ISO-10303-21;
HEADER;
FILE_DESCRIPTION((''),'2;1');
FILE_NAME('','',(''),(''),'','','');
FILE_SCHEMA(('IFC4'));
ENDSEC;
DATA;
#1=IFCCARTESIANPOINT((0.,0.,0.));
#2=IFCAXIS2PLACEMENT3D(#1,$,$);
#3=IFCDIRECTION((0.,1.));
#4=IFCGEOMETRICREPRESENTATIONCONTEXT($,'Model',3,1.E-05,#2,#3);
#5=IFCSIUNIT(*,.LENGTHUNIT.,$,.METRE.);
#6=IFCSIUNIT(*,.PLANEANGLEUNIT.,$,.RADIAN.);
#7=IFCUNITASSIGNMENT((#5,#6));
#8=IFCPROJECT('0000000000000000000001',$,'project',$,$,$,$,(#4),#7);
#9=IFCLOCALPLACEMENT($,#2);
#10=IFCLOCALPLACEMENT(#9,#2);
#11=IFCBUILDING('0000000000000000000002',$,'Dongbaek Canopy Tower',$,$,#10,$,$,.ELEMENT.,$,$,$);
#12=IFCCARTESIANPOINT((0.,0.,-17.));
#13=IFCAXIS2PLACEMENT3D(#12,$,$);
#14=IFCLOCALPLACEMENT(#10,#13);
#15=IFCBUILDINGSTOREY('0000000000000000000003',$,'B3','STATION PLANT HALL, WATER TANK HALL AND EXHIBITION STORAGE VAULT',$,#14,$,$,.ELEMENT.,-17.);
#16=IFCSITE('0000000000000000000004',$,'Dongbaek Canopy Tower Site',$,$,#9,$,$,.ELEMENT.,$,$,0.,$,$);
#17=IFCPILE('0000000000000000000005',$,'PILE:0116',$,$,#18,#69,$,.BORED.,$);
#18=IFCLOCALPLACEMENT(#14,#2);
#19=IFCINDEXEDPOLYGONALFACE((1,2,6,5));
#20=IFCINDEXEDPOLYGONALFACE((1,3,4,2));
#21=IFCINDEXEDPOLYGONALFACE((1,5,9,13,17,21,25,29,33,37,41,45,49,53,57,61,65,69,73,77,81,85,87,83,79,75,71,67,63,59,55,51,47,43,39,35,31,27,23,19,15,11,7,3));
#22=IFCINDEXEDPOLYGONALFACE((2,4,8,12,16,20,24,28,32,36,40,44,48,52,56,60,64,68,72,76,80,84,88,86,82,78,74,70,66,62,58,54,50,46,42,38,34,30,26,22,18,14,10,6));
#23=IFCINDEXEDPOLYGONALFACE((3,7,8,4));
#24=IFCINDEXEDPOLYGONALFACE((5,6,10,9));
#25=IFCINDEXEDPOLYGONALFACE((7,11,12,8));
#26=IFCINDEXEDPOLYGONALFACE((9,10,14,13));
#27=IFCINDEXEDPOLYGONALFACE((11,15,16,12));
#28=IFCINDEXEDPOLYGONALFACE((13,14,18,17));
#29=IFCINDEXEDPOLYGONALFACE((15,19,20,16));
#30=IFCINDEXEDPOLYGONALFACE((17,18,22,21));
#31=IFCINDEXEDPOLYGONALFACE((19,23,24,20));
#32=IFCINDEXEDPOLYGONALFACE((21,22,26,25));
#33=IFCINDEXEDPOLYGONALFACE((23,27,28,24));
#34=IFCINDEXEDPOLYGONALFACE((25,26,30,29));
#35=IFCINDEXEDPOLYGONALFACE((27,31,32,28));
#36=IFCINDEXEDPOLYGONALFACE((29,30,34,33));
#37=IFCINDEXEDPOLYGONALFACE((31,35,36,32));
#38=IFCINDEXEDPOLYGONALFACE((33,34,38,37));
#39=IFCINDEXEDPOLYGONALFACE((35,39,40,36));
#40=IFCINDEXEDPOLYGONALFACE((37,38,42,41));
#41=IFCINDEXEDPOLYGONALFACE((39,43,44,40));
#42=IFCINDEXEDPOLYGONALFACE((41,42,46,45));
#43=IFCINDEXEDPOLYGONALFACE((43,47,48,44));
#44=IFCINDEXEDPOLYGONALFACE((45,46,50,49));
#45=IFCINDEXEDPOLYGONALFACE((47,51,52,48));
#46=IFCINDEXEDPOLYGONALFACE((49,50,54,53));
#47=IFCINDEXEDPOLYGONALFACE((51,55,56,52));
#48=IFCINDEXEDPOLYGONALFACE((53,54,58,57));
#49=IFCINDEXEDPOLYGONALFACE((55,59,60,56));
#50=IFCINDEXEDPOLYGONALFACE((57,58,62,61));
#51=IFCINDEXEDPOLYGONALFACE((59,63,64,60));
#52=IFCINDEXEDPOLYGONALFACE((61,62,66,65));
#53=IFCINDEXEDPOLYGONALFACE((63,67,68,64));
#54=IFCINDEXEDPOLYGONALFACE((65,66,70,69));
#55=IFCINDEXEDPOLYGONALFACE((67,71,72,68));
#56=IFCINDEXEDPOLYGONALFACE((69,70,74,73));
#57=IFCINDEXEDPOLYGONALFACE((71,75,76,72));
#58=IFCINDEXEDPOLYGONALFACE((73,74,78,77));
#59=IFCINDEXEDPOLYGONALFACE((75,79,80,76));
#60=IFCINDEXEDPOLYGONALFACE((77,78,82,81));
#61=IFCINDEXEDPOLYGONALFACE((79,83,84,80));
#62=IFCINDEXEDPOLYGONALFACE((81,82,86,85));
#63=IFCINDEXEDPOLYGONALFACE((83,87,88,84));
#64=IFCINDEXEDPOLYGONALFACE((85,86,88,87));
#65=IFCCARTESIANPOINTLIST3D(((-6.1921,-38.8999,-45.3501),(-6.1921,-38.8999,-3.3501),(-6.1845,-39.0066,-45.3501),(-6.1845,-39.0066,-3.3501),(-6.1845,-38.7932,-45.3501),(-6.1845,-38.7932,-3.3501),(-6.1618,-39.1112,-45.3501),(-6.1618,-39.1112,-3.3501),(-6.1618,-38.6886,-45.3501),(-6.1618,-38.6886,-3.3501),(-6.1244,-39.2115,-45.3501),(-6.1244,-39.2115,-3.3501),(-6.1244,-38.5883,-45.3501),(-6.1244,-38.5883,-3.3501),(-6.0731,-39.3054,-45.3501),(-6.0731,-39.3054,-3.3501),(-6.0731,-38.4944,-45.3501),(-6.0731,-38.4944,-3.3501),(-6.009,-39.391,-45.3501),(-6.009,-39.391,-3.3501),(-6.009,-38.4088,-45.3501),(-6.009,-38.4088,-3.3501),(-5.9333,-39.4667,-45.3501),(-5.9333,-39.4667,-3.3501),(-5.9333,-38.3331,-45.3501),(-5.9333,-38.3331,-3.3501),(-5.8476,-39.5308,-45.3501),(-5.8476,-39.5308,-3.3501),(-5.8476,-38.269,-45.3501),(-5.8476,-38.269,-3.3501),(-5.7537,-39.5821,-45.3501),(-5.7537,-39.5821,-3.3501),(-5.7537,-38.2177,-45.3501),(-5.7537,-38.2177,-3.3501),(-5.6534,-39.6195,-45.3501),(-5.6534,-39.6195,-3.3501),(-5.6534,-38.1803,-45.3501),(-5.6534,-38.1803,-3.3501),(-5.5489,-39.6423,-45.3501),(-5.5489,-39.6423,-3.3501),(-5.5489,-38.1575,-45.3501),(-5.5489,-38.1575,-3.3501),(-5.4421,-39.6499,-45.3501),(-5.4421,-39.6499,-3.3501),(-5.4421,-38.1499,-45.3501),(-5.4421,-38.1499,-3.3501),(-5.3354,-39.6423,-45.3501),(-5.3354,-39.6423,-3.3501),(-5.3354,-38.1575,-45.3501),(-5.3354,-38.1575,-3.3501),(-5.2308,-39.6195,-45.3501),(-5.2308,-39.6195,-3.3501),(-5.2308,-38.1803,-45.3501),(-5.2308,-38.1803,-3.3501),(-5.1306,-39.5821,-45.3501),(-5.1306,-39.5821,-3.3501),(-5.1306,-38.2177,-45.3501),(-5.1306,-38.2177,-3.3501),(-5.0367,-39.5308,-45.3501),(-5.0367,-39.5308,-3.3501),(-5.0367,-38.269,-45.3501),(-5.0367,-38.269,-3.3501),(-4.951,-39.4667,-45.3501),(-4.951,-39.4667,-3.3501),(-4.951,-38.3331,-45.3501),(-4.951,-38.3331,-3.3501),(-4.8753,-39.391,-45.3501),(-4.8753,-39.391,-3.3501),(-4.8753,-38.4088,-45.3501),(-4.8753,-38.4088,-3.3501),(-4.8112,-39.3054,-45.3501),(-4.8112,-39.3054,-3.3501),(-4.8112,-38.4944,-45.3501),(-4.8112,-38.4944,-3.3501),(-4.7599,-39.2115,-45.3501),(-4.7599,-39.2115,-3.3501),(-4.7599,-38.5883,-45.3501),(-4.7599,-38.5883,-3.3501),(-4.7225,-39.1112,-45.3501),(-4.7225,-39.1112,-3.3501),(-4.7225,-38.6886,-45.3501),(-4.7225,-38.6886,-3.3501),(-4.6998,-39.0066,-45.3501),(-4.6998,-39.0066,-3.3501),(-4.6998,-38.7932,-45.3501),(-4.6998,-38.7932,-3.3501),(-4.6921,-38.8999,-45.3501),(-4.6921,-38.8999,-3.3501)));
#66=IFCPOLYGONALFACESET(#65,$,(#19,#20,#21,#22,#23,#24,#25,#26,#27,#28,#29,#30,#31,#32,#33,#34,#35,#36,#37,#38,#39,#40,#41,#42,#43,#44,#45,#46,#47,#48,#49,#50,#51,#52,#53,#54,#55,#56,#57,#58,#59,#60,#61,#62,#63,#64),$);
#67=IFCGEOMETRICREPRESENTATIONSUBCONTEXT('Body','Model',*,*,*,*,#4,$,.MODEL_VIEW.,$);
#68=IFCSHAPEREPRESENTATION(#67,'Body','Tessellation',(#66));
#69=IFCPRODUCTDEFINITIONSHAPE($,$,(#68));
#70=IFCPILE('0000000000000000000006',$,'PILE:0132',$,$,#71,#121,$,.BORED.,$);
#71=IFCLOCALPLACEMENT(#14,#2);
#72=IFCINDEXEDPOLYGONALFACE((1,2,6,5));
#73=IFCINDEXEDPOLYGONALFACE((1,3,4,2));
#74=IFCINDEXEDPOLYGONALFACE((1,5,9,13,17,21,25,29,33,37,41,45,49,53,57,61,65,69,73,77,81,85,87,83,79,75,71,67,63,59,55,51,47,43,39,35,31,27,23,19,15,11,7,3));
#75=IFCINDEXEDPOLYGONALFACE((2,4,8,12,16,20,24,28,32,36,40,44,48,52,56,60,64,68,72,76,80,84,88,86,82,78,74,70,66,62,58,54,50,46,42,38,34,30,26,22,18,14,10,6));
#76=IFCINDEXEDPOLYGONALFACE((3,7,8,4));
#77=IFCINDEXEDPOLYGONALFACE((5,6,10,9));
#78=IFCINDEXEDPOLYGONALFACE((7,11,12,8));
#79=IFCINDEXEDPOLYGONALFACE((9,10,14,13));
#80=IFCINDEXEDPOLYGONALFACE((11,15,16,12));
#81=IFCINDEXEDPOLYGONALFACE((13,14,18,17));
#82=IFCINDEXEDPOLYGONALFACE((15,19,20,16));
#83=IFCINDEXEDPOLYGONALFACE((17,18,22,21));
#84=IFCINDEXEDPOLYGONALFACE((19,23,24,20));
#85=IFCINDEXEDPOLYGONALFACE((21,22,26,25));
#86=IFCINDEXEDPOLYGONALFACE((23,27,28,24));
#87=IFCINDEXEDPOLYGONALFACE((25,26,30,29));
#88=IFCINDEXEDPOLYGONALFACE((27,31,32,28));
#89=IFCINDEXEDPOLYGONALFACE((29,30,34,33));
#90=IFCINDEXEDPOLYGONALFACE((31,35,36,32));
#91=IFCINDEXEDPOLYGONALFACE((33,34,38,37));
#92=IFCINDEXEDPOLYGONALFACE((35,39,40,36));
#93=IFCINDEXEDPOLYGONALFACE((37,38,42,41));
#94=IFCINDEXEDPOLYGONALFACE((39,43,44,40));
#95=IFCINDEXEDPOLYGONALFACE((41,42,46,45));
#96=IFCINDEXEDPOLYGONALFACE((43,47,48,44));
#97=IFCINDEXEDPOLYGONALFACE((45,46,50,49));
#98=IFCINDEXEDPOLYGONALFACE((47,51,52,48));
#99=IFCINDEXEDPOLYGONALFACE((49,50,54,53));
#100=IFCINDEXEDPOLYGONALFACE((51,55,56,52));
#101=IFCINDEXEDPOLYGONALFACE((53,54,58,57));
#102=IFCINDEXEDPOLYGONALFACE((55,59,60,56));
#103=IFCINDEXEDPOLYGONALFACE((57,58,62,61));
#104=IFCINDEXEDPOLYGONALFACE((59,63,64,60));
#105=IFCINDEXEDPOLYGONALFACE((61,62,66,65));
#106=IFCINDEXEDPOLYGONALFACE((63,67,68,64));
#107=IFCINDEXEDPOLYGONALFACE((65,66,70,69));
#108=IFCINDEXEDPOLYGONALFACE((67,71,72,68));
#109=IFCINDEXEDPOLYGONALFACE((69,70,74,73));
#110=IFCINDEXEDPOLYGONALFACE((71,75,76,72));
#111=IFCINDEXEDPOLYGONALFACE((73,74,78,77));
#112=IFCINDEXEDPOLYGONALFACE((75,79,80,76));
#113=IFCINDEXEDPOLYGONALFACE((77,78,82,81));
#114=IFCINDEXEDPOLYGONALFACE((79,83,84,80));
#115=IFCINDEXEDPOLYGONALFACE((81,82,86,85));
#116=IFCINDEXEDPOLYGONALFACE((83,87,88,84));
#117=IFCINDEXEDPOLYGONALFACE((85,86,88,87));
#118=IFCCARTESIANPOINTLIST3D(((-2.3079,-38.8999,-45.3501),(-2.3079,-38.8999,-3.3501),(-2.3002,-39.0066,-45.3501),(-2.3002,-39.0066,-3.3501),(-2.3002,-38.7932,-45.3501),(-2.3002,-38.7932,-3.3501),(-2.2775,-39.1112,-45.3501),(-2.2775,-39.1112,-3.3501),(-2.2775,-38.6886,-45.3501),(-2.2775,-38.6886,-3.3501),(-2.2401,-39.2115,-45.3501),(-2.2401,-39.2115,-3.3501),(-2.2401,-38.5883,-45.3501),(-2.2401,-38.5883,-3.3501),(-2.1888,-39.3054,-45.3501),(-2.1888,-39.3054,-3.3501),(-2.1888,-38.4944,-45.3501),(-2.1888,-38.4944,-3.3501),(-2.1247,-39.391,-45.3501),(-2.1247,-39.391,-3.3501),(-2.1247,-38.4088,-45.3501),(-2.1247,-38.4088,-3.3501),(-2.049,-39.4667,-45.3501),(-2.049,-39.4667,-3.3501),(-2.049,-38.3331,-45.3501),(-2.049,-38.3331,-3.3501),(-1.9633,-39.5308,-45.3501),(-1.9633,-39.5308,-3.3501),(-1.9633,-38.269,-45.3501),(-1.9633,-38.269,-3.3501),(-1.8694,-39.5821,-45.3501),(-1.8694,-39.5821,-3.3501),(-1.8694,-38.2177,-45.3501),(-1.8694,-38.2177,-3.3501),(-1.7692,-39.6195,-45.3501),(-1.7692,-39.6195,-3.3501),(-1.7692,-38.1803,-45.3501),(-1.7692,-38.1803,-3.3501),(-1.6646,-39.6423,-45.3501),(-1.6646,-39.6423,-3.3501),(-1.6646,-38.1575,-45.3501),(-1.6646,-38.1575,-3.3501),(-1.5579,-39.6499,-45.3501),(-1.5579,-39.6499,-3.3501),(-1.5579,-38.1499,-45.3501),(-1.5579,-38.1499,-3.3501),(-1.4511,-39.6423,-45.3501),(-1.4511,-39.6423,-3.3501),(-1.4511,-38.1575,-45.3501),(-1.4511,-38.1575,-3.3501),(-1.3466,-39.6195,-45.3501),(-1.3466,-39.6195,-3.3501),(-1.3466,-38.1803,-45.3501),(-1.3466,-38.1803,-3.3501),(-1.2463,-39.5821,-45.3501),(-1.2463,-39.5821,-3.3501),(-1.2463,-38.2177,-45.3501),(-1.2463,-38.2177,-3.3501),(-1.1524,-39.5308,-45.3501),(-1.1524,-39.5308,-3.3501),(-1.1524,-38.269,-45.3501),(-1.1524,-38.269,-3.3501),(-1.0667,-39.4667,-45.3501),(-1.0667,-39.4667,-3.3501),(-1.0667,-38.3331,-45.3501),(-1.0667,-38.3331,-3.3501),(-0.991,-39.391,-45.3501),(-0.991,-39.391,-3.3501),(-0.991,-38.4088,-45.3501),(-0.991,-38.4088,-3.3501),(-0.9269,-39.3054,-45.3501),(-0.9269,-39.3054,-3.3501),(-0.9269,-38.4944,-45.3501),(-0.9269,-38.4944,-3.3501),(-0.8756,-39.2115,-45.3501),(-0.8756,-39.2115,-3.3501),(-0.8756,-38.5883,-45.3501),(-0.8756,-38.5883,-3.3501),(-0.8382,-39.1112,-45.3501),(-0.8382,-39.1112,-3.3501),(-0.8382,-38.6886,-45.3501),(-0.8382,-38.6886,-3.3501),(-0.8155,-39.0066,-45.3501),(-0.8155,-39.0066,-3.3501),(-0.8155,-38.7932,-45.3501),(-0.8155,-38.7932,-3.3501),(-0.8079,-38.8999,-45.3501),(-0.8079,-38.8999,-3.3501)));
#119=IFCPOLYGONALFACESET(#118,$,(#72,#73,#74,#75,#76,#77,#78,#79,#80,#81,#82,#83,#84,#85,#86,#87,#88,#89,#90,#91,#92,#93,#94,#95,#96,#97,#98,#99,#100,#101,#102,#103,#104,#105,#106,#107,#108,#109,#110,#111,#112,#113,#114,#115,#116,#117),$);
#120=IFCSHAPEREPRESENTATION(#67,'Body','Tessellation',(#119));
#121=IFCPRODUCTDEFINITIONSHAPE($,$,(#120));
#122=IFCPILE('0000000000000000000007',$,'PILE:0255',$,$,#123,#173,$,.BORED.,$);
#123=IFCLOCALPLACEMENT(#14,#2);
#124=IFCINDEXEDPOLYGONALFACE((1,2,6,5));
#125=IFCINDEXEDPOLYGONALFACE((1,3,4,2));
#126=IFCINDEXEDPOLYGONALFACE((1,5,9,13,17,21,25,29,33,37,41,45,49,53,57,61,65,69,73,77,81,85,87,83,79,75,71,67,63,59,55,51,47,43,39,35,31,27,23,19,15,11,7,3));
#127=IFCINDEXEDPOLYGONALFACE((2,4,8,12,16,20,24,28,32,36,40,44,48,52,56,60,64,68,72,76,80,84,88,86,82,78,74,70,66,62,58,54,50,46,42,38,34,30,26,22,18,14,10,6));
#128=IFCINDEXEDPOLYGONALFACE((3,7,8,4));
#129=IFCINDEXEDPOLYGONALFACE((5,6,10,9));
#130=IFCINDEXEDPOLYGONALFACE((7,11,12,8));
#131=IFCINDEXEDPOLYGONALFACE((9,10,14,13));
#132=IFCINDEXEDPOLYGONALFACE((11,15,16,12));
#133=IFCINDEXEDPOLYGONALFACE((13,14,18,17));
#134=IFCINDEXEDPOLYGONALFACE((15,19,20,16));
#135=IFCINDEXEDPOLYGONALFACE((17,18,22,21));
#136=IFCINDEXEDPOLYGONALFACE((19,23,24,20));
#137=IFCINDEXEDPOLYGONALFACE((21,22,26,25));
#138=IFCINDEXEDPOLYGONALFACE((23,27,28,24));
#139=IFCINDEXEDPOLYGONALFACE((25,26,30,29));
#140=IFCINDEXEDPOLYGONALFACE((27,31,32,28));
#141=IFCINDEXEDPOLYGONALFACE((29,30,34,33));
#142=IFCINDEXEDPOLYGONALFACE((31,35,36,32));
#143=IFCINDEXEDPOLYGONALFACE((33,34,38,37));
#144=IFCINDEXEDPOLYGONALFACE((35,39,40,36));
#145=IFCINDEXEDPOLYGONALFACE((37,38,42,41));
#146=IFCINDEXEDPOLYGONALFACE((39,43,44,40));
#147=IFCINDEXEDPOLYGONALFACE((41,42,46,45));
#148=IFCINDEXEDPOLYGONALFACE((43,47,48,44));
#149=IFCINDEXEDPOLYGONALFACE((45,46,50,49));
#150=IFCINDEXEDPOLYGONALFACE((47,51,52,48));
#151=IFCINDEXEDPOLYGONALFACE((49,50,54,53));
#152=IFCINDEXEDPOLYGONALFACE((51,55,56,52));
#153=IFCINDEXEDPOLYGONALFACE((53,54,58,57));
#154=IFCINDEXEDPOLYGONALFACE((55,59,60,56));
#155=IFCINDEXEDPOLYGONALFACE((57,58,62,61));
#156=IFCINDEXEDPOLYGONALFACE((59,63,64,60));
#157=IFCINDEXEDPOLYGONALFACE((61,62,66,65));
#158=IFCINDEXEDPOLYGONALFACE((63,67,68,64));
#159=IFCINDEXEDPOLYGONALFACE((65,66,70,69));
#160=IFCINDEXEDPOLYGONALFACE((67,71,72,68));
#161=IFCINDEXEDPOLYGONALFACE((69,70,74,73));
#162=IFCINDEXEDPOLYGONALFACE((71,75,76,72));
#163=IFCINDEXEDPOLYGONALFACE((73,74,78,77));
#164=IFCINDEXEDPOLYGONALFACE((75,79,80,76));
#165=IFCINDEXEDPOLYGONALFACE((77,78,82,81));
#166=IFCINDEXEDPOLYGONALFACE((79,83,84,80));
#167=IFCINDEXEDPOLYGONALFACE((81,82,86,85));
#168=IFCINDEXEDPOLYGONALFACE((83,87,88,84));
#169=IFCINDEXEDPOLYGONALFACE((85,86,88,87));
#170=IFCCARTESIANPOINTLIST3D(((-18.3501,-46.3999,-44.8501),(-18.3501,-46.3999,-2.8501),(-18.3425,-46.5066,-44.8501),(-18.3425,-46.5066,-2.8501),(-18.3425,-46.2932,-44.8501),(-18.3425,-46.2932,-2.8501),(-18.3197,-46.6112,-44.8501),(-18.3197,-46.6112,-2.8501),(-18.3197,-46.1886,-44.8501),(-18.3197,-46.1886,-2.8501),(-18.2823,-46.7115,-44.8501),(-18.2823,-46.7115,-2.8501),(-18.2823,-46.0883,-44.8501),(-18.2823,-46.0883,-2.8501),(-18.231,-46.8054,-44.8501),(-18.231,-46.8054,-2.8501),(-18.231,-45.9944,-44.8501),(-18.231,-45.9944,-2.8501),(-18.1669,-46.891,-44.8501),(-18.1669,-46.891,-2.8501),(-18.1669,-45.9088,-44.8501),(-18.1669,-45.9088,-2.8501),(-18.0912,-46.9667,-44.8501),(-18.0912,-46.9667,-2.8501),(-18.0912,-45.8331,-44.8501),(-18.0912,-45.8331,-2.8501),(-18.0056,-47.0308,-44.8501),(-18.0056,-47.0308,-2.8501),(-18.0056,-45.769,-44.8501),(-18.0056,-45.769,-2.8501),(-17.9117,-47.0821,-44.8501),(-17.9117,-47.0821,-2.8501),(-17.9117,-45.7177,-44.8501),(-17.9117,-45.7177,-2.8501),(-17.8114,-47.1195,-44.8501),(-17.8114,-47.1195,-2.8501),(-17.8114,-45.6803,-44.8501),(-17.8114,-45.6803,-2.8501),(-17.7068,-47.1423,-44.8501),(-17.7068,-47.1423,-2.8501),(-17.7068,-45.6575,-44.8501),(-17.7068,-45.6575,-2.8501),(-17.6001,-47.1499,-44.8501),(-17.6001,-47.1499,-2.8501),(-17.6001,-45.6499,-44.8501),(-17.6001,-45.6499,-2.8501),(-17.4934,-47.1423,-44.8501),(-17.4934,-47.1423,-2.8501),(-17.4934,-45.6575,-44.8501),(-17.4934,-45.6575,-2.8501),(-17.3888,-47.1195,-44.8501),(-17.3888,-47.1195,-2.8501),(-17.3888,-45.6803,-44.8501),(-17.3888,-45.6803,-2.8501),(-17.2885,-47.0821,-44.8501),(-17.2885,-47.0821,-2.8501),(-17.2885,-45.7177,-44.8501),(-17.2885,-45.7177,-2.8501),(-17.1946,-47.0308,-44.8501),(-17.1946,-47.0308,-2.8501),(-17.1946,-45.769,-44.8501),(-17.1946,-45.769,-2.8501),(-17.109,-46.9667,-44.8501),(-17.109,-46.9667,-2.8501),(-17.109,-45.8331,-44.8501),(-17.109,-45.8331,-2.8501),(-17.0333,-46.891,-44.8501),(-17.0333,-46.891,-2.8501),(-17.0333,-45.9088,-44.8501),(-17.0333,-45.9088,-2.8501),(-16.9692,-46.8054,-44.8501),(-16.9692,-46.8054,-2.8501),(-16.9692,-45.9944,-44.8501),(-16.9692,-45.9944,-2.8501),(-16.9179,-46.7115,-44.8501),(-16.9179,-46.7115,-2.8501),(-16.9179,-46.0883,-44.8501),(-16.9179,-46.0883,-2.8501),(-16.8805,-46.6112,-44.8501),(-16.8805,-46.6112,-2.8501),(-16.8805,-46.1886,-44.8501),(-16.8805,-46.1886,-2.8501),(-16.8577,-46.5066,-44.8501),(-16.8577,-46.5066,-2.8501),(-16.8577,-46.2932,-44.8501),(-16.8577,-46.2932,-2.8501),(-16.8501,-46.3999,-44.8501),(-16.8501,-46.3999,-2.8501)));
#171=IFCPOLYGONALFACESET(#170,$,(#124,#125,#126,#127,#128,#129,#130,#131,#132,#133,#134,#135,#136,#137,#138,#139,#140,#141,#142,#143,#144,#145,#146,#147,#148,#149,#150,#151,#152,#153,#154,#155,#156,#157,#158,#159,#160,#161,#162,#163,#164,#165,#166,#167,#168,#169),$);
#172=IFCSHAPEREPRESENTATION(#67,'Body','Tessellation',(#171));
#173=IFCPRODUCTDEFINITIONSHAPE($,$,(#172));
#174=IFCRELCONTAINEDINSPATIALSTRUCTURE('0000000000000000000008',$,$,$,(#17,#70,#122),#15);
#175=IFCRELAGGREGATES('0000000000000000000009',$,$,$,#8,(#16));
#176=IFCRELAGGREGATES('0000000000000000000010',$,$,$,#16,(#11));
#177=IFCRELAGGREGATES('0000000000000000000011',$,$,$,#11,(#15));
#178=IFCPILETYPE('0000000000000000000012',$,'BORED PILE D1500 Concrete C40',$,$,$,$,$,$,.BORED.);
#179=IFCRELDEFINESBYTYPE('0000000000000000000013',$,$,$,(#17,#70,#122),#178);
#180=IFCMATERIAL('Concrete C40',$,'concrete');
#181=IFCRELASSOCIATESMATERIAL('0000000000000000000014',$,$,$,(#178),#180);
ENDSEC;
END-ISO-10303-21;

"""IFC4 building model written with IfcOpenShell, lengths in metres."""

from ifc_helpers import new_model, si_unit, direction, frame, origin, origin_2d, place, context, subcontext, project, spatial, circle, extrude, material, material_profile, profile_set, type_object, element, save


model = new_model("IFC4")

# Units and contexts
model_context = context("Model", 3, precision=1e-05, world=origin(), true_north=direction((0.0, 1.0)))
body_context = subcontext(model_context, "Body", "Model", "MODEL_VIEW")
ifc_project = project(units=[si_unit("LENGTHUNIT", "METRE"), si_unit("PLANEANGLEUNIT", "RADIAN")], contexts=[model_context])

# Site, building, storey
site_placement = place(None, origin())
site = spatial("IfcSite", under=ifc_project, at=site_placement, Name="Dongbaek Canopy Tower Site", CompositionType="ELEMENT", RefElevation=0.0)
building_placement = place(site_placement, origin())
building = spatial("IfcBuilding", under=site, at=building_placement, Name="Dongbaek Canopy Tower", CompositionType="ELEMENT")
storey_placement = place(building_placement, frame((0.0, 0.0, -17.0)))
storey = spatial("IfcBuildingStorey", under=building, at=storey_placement, Name="B3", Description="STATION PLANT HALL, WATER TANK HALL AND EXHIBITION STORAGE VAULT", CompositionType="ELEMENT", Elevation=-17.0)

# Piles
ifc_material_1 = material(Name="Concrete C40", Category="concrete")
ifc_material_profile_1 = material_profile(ifc_material_1, circle(Radius=0.75, at=origin_2d()), Name="BORED PILE D1500 Concrete C40")
ifc_profile_set_1 = profile_set([ifc_material_profile_1], Name="Concrete C40")
pile_type = type_object("IfcPileType", Name="BORED PILE D1500 Concrete C40", PredefinedType="BORED", material=ifc_profile_set_1)
for number, where, z_axis, x_axis, name in (
    (1, (-5.4421, -38.8999, -3.3501), (0.0, 0.0, -1.0), (1.0, 0.0, 0.0), "PILE:0116"),
    (2, (-1.5579, -38.8999, -3.3501), (0.0, 0.0, -1.0), (1.0, 0.0, 0.0), "PILE:0132"),
    (3, (-17.6001, -46.3999, -2.8501), (0.0, 0.0, -1.0), (1.0, 0.0, 0.0), "PILE:0255"),
):
    element("IfcPile", number, at=place(storey_placement, frame(where, z_axis=z_axis, x_axis=x_axis)), inside=storey, type_object=pile_type, Name=name, PredefinedType="BORED", context=body_context, shape_type="SweptSolid", body=[
        extrude(circle(Radius=0.75, at=origin_2d()), origin(), (0.0, 0.0, 1.0), 42.0),
    ])

save(model, "model.ifc")
